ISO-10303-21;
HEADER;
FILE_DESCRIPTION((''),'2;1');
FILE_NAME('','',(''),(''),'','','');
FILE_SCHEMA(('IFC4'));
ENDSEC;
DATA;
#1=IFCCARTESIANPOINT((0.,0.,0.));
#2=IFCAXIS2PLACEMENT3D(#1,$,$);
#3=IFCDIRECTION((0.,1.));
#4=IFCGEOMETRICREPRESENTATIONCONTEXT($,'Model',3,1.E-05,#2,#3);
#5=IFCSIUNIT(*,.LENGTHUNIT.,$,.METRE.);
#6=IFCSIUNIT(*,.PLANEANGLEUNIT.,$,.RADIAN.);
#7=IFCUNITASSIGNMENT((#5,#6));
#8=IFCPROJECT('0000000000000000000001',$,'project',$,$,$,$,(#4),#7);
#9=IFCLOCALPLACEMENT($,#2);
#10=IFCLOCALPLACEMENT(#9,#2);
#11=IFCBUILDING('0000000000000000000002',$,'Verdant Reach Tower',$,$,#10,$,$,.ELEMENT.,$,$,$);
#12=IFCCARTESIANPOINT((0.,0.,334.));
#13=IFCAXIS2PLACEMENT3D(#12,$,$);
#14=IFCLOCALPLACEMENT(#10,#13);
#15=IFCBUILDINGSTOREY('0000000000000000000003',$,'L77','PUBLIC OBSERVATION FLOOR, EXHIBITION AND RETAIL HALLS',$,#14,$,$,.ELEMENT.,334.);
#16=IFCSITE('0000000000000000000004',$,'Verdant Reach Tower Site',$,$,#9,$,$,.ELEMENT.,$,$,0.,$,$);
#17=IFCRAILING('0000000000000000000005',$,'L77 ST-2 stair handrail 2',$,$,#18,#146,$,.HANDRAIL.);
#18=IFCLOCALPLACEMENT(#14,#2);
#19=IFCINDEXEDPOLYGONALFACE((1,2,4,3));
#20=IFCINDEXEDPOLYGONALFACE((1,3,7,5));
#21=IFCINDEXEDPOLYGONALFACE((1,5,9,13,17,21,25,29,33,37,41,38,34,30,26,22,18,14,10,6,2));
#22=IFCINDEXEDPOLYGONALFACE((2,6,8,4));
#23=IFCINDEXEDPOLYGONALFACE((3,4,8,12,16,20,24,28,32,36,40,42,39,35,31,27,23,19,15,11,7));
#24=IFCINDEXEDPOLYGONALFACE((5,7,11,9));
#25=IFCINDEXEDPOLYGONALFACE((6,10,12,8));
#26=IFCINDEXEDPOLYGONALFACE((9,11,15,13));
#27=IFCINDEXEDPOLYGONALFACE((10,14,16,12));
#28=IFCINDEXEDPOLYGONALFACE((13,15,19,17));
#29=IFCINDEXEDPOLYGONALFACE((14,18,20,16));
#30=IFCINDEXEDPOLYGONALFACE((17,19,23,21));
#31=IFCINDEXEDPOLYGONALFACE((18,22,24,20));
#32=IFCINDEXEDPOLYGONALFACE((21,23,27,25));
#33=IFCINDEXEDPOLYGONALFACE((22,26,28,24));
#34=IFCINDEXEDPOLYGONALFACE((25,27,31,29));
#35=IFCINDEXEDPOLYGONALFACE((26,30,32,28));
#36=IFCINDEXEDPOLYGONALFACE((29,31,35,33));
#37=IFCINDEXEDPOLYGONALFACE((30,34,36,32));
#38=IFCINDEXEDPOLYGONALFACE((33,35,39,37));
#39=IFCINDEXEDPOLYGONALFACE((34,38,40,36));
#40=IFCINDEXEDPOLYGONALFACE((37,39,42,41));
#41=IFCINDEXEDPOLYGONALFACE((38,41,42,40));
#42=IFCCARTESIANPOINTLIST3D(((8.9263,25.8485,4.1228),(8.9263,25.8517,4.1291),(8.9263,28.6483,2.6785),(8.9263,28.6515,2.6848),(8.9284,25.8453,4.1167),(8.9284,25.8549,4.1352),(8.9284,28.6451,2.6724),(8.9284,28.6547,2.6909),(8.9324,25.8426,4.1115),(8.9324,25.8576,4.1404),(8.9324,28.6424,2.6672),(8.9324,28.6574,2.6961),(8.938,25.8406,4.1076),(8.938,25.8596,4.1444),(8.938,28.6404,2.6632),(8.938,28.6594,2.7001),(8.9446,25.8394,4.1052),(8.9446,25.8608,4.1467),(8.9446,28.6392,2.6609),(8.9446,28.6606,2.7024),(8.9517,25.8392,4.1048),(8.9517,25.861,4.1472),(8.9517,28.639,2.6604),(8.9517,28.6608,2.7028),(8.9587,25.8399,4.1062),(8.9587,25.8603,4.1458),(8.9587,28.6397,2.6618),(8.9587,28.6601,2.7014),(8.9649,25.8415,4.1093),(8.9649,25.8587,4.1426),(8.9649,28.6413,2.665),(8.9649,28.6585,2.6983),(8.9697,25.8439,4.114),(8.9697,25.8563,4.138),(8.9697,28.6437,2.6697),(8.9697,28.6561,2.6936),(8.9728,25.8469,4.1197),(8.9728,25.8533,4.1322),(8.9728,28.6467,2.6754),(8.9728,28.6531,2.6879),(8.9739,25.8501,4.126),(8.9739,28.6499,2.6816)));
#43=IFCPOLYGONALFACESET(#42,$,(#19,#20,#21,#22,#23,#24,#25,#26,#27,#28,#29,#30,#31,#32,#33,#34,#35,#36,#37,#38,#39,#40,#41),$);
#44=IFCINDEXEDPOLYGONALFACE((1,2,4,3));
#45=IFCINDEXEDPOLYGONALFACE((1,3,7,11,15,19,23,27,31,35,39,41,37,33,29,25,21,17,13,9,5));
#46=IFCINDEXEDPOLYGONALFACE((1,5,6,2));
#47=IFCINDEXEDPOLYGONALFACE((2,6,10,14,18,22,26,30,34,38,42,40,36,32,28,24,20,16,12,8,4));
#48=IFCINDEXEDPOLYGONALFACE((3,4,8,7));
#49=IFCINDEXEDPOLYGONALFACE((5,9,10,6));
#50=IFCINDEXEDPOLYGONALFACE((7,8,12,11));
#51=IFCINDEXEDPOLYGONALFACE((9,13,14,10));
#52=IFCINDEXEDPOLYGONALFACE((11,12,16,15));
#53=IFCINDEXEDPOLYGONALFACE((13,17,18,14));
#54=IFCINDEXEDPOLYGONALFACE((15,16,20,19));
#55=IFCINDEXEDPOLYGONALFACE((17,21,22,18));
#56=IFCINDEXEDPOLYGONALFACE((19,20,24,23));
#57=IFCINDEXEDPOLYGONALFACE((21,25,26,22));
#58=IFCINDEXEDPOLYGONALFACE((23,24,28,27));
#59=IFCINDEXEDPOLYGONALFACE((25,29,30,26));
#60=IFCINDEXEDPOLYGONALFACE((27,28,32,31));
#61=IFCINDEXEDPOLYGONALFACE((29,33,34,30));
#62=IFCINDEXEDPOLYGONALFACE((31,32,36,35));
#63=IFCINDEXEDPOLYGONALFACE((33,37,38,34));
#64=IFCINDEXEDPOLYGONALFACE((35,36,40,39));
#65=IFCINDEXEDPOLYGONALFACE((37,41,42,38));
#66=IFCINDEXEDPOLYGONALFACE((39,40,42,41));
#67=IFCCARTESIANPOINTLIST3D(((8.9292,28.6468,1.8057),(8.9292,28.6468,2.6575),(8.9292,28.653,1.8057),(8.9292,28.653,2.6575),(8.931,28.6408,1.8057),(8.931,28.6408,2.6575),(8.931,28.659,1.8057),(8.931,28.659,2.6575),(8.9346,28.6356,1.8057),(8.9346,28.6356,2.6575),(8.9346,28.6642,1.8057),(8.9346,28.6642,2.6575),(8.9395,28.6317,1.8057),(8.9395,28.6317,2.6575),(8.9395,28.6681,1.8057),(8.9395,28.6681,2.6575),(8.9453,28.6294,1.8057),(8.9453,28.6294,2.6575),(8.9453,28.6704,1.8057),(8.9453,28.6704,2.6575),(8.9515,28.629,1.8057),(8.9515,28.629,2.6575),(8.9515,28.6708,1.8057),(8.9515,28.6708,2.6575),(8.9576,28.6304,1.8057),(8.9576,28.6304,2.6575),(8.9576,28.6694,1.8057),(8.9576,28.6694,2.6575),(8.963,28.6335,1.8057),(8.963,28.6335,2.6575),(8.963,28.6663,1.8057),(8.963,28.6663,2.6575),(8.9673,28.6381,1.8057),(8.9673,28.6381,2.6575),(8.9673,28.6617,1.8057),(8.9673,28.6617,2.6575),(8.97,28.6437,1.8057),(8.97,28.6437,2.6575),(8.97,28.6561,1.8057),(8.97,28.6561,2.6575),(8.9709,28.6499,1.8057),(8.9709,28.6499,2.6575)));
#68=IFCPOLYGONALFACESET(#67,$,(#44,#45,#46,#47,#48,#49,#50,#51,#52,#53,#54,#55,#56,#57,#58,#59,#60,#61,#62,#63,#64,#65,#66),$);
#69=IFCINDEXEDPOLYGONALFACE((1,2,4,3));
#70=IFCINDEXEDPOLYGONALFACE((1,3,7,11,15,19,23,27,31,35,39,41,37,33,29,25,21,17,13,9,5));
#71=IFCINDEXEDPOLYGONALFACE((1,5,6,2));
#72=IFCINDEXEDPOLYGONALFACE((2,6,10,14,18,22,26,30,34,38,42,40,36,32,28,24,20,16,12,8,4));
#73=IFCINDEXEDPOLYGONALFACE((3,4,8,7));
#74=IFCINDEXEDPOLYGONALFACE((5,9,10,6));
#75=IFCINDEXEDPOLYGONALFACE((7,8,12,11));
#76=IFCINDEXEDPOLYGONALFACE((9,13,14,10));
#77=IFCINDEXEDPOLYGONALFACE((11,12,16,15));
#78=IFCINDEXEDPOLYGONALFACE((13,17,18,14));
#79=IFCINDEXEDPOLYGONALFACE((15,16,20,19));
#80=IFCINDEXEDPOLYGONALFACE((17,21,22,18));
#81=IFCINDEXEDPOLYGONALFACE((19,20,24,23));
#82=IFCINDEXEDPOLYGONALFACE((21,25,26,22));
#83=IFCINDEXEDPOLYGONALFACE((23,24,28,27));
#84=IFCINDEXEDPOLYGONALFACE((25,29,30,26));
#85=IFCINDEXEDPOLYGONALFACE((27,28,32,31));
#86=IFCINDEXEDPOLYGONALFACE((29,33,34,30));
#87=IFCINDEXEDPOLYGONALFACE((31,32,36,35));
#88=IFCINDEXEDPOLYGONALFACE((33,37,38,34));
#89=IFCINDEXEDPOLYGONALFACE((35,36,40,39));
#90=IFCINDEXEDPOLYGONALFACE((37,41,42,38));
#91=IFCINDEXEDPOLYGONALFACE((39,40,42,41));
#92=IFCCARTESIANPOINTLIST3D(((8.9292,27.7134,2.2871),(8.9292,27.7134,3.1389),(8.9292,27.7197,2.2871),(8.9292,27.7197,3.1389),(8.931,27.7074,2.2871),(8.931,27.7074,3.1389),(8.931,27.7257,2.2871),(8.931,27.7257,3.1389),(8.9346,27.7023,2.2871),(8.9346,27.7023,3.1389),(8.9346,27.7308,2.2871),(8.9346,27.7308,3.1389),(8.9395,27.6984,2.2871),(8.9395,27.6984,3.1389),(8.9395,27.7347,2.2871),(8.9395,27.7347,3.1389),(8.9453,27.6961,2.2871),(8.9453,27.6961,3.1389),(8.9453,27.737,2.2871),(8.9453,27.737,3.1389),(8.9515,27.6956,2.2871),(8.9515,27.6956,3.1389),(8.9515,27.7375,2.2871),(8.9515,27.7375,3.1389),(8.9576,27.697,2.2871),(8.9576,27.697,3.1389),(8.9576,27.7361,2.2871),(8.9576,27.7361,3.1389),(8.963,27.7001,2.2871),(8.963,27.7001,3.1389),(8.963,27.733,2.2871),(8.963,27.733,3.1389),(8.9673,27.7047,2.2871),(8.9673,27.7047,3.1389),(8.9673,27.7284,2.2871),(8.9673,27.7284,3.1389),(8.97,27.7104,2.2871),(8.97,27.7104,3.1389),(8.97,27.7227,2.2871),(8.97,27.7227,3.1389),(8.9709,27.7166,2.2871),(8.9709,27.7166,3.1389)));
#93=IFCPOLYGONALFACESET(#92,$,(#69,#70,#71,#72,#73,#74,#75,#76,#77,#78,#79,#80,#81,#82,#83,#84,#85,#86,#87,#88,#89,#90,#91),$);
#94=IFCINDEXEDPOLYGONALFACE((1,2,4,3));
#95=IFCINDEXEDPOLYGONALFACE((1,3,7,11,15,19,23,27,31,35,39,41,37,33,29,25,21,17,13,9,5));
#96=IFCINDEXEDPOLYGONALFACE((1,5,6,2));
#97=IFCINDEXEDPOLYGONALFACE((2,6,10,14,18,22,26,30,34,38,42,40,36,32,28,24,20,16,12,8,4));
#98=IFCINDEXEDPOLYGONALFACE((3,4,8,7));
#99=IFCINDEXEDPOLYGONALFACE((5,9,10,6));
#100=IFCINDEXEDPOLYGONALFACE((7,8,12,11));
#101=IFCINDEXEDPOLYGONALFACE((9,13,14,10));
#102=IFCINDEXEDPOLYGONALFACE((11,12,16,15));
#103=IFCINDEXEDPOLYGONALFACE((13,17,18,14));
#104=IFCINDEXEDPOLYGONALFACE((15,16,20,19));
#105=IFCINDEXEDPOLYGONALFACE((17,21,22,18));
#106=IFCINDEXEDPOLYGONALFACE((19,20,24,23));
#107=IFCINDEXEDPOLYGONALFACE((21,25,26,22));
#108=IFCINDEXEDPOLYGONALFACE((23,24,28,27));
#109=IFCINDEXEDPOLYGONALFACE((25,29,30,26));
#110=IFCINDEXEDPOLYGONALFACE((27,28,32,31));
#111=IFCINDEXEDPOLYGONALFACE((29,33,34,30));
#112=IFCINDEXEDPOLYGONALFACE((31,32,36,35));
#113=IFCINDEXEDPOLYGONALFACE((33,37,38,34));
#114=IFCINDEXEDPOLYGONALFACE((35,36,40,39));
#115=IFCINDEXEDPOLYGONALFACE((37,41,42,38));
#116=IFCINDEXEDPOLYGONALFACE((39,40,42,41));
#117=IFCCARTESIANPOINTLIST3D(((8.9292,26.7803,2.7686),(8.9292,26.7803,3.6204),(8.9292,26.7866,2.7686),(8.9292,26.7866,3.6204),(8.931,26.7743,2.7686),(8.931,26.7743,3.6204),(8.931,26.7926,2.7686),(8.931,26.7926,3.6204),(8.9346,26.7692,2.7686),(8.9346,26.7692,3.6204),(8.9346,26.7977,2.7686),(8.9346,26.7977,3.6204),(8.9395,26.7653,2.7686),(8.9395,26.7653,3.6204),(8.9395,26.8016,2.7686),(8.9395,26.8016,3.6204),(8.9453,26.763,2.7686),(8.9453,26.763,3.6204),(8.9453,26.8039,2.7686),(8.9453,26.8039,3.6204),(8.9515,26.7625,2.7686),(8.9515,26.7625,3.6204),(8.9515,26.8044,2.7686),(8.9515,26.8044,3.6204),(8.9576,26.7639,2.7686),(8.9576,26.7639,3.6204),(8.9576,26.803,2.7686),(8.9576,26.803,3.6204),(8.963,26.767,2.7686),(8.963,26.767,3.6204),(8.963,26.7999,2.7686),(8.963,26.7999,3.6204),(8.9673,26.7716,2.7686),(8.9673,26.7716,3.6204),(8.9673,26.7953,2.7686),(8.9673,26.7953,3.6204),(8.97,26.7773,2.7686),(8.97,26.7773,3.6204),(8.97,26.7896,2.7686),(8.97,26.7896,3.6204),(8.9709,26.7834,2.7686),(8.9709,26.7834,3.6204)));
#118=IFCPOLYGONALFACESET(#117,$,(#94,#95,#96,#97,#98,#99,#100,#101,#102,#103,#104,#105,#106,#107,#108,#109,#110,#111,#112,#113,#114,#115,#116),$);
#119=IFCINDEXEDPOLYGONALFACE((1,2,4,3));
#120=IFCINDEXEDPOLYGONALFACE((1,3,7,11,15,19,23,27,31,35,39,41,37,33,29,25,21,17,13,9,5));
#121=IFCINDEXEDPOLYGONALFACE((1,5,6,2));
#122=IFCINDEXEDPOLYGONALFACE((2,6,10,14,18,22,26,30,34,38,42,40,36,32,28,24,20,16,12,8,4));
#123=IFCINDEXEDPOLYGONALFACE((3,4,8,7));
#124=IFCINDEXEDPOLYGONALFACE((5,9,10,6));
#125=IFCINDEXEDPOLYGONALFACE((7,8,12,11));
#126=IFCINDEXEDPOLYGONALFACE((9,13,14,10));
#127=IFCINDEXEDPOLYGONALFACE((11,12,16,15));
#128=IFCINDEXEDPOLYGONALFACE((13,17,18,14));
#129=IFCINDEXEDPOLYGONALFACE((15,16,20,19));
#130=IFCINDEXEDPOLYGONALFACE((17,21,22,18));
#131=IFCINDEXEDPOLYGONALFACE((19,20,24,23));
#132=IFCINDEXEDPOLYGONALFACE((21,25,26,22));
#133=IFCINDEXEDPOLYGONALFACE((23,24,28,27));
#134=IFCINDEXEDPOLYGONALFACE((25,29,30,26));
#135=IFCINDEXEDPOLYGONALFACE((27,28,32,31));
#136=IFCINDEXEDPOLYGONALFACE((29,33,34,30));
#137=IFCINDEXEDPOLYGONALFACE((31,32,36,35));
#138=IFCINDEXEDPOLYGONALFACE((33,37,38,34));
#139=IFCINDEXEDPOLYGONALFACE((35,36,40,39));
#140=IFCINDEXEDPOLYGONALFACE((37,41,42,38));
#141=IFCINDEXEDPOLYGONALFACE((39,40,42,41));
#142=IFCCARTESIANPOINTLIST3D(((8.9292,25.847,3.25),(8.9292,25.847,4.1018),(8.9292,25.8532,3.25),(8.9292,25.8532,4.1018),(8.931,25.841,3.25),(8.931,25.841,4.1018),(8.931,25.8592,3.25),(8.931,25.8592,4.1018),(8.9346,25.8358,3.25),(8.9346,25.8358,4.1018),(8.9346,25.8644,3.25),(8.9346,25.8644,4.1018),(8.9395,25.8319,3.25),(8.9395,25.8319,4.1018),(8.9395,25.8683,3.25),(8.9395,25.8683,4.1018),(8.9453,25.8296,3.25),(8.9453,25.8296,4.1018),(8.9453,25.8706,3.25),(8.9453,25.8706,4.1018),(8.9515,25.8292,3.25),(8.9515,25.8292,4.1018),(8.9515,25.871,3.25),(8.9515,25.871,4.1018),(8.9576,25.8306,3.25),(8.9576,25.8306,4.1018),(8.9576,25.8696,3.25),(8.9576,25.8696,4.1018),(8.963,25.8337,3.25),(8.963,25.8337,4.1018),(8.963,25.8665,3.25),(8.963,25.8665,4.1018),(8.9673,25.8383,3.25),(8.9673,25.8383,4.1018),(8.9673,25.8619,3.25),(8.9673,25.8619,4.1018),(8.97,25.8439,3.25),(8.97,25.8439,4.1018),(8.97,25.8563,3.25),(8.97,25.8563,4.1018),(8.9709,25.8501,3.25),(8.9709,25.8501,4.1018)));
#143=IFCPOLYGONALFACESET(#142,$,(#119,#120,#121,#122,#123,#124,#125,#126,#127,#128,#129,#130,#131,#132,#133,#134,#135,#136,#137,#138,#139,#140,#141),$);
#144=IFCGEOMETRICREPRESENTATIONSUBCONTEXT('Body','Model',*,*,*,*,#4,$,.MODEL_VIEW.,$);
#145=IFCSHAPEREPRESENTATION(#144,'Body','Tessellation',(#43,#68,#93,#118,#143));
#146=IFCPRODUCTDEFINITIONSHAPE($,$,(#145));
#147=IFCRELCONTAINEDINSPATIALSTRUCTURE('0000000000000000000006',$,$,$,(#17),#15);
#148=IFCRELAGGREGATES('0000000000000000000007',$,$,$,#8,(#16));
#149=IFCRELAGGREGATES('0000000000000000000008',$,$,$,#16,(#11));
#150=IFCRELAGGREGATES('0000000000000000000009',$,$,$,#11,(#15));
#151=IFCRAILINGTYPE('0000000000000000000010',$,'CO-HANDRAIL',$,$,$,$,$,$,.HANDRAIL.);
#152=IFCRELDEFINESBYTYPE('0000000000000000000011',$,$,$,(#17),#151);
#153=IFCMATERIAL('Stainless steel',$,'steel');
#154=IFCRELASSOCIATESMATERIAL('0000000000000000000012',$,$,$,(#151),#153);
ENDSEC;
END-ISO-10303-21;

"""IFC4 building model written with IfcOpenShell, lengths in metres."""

from ifc_helpers import new_model, si_unit, direction, frame, origin, origin_2d, place, context, subcontext, project, spatial, circle, extrude, material, type_object, element, save


model = new_model("IFC4")

# Units and contexts
model_context = context("Model", 3, precision=1e-05, world=origin(), true_north=direction((0.0, 1.0)))
body_context = subcontext(model_context, "Body", "Model", "MODEL_VIEW")
ifc_project = project(units=[si_unit("LENGTHUNIT", "METRE"), si_unit("PLANEANGLEUNIT", "RADIAN")], contexts=[model_context])

# Site, building, storey
site_placement = place(None, origin())
site = spatial("IfcSite", under=ifc_project, at=site_placement, Name="Verdant Reach Tower Site", CompositionType="ELEMENT", RefElevation=0.0)
building_placement = place(site_placement, origin())
building = spatial("IfcBuilding", under=site, at=building_placement, Name="Verdant Reach Tower", CompositionType="ELEMENT")
storey_placement = place(building_placement, frame((0.0, 0.0, 334.0)))
storey = spatial("IfcBuildingStorey", under=building, at=storey_placement, Name="L77", Description="PUBLIC OBSERVATION FLOOR, EXHIBITION AND RETAIL HALLS", CompositionType="ELEMENT", Elevation=334.0)

# Railing
ifc_material_1 = material(Name="Stainless steel", Category="steel")
railing_type_1 = type_object("IfcRailingType", Name="CO-HANDRAIL", PredefinedType="HANDRAIL", material=ifc_material_1)
railing_1_placement = place(storey_placement, frame((8.95, 28.6499, 1.8057)))
element("IfcRailing", 1, at=railing_1_placement, inside=storey, type_object=railing_type_1, Name="L77 ST-2 stair handrail 2", PredefinedType="HANDRAIL", context=body_context, shape_type="SweptSolid", body=[
    extrude(circle(Radius=0.0239, at=origin_2d()), frame((0.0, 0.0, 0.876), z_axis=(0.0, -0.888714, 0.458461), x_axis=(1.0, 0.0, 0.0)), (0.0, 0.0, 1.0), 3.1504),
    extrude(circle(Radius=0.021, at=origin_2d()), origin(), (0.0, 0.0, 1.0), 0.8518),
    extrude(circle(Radius=0.021, at=origin_2d()), frame((0.0, -0.9333, 0.4814)), (0.0, 0.0, 1.0), 0.8518),
    extrude(circle(Radius=0.021, at=origin_2d()), frame((0.0, -1.8665, 0.9629)), (0.0, 0.0, 1.0), 0.8518),
    extrude(circle(Radius=0.021, at=origin_2d()), frame((0.0, -2.7998, 1.4443)), (0.0, 0.0, 1.0), 0.8518),
])

save(model, "model.ifc")
